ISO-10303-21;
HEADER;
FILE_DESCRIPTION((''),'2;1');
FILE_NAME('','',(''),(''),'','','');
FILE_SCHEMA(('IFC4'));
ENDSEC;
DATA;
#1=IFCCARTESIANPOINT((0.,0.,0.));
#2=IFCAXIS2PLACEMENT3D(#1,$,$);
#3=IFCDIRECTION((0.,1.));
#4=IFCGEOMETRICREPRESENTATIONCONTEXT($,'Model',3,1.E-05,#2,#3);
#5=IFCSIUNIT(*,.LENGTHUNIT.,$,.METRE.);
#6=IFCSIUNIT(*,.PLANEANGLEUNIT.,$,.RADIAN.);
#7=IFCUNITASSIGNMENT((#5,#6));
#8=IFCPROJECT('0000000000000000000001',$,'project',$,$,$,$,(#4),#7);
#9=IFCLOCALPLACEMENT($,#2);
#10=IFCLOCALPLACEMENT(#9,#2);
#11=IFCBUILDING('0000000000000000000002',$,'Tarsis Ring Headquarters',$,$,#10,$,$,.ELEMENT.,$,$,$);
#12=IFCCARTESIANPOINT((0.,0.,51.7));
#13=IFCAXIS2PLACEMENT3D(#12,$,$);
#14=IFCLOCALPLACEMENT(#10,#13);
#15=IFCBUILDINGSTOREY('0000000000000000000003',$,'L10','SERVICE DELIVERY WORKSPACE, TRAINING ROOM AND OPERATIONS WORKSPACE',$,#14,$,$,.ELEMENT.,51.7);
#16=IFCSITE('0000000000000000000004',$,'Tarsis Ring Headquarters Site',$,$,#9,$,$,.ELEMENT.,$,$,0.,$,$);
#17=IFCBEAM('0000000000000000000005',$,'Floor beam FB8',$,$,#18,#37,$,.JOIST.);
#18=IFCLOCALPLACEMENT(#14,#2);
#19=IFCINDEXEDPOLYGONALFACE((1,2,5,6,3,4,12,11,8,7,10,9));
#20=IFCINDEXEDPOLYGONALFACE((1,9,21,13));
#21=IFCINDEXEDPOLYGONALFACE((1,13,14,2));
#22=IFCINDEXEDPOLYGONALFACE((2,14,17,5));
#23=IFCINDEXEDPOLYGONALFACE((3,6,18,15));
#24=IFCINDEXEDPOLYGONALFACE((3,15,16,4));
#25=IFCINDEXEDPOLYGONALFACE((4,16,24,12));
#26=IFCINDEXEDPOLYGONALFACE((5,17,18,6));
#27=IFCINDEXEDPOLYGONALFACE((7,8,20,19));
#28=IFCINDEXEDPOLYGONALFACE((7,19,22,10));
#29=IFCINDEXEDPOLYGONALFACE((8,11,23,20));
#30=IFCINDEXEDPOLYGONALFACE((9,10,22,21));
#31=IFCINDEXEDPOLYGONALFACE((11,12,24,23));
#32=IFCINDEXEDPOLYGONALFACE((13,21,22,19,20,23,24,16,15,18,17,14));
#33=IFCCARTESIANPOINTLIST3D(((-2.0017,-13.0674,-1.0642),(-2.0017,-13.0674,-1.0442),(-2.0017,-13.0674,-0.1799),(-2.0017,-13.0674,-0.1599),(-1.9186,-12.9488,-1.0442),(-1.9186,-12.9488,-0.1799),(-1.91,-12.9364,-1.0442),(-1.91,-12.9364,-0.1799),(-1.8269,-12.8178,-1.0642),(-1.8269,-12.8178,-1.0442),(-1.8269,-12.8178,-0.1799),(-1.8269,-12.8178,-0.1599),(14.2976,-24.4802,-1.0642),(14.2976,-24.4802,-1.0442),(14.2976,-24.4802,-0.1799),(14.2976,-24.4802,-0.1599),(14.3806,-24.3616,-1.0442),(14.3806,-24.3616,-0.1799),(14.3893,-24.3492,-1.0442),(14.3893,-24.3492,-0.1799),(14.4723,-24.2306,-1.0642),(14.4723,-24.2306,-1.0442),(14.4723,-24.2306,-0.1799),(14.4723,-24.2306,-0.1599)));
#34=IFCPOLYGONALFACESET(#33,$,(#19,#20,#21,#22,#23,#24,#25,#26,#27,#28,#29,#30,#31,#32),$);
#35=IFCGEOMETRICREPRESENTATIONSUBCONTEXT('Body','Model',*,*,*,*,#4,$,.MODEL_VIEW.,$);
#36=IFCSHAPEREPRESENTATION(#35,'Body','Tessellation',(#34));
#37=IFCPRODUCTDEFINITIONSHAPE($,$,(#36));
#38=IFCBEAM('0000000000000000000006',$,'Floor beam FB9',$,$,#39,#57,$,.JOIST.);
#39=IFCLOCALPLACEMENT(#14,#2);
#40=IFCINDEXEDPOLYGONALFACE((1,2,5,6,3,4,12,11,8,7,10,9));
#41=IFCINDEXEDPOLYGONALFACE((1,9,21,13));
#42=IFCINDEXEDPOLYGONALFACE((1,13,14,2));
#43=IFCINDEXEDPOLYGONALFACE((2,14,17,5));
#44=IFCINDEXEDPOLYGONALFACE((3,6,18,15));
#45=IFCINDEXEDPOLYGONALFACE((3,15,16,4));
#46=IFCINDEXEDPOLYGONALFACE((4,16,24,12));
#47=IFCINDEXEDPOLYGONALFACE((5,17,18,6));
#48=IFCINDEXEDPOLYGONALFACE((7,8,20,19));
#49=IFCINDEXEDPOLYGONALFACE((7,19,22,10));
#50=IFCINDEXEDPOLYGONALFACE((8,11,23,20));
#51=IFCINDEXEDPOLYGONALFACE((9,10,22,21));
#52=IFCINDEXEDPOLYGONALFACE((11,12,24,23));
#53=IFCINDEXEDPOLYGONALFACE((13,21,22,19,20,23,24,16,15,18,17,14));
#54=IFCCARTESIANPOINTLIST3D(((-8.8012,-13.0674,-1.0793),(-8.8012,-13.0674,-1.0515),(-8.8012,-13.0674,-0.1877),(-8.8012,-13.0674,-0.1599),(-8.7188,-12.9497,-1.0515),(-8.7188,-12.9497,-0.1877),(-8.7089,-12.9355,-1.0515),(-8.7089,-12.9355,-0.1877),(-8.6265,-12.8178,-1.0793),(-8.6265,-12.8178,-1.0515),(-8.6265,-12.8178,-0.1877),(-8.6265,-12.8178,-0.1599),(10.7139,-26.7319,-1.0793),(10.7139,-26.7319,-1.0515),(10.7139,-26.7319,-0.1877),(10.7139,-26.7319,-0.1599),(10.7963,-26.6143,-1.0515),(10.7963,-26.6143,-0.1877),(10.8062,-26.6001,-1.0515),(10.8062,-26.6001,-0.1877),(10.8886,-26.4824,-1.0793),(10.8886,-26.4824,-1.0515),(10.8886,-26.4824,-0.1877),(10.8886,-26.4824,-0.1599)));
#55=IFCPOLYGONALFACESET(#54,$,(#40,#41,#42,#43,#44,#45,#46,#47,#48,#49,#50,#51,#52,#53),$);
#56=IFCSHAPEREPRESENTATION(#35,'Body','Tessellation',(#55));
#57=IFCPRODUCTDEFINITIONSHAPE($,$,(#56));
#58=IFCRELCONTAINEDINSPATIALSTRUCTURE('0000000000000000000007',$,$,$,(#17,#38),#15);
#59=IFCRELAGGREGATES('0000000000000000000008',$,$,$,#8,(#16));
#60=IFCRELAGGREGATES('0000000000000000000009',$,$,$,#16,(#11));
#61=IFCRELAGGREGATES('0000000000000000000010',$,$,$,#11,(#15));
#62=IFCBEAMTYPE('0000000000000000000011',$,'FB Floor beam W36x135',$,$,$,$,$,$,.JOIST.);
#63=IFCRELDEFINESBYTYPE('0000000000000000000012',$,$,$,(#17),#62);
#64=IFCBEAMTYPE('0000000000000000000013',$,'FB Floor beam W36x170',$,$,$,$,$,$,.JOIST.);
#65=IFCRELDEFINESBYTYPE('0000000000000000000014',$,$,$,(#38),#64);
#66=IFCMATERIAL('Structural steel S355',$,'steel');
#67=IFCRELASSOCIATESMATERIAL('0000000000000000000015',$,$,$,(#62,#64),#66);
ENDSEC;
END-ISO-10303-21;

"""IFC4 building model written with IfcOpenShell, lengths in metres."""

from ifc_helpers import new_model, si_unit, direction, frame, origin, origin_2d, place, context, subcontext, project, spatial, i_section, extrude, material, material_profile, profile_set, type_object, element, save


model = new_model("IFC4")

# Units and contexts
model_context = context("Model", 3, precision=1e-05, world=origin(), true_north=direction((0.0, 1.0)))
body_context = subcontext(model_context, "Body", "Model", "MODEL_VIEW")
ifc_project = project(units=[si_unit("LENGTHUNIT", "METRE"), si_unit("PLANEANGLEUNIT", "RADIAN")], contexts=[model_context])

# Site, building, storey
site_placement = place(None, origin())
site = spatial("IfcSite", under=ifc_project, at=site_placement, Name="Tarsis Ring Headquarters Site", CompositionType="ELEMENT", RefElevation=0.0)
building_placement = place(site_placement, origin())
building = spatial("IfcBuilding", under=site, at=building_placement, Name="Tarsis Ring Headquarters", CompositionType="ELEMENT")
storey_placement = place(building_placement, frame((0.0, 0.0, 51.7)))
storey = spatial("IfcBuildingStorey", under=building, at=storey_placement, Name="L10", Description="SERVICE DELIVERY WORKSPACE, TRAINING ROOM AND OPERATIONS WORKSPACE", CompositionType="ELEMENT", Elevation=51.7)

# Beams
ifc_material_1 = material(Name="Structural steel S355", Category="steel")
ifc_material_profile_1 = material_profile(ifc_material_1, i_section(OverallWidth=0.3047, OverallDepth=0.9043, WebThickness=0.0151, FlangeThickness=0.02, at=origin_2d()), Name="W36x135")
ifc_profile_set_1 = profile_set([ifc_material_profile_1], Name="Structural steel S355")
beam_type_1 = type_object("IfcBeamType", Name="FB Floor beam W36x135", PredefinedType="JOIST", material=ifc_profile_set_1)
beam_1_placement = place(storey_placement, frame((-1.9143, -12.9426, -0.6121), z_axis=(0.819154, -0.573574, 0.0), x_axis=(0.573574, 0.819154, 0.0)))
element("IfcBeam", 1, at=beam_1_placement, inside=storey, type_object=beam_type_1, Name="Floor beam FB8", PredefinedType="JOIST", context=body_context, shape_type="SweptSolid", body=[
    extrude(i_section(OverallWidth=0.3047, OverallDepth=0.9043, WebThickness=0.0151, FlangeThickness=0.02, at=origin_2d()), origin(), (0.0, 0.0, 1.0), 19.8977),
])
ifc_material_profile_2 = material_profile(ifc_material_1, i_section(OverallWidth=0.3047, OverallDepth=0.9194, WebThickness=0.0173, FlangeThickness=0.0278, at=origin_2d()), Name="W36x170")
ifc_profile_set_2 = profile_set([ifc_material_profile_2], Name="Structural steel S355")
beam_type_2 = type_object("IfcBeamType", Name="FB Floor beam W36x170", PredefinedType="JOIST", material=ifc_profile_set_2)
beam_2_placement = place(storey_placement, frame((-8.7139, -12.9426, -0.6196), z_axis=(0.819154, -0.573574, 0.0), x_axis=(0.573574, 0.819154, 0.0)))
element("IfcBeam", 2, at=beam_2_placement, inside=storey, type_object=beam_type_2, Name="Floor beam FB9", PredefinedType="JOIST", context=body_context, shape_type="SweptSolid", body=[
    extrude(i_section(OverallWidth=0.3047, OverallDepth=0.9194, WebThickness=0.0173, FlangeThickness=0.0278, at=origin_2d()), origin(), (0.0, 0.0, 1.0), 23.8235),
])

save(model, "model.ifc")
